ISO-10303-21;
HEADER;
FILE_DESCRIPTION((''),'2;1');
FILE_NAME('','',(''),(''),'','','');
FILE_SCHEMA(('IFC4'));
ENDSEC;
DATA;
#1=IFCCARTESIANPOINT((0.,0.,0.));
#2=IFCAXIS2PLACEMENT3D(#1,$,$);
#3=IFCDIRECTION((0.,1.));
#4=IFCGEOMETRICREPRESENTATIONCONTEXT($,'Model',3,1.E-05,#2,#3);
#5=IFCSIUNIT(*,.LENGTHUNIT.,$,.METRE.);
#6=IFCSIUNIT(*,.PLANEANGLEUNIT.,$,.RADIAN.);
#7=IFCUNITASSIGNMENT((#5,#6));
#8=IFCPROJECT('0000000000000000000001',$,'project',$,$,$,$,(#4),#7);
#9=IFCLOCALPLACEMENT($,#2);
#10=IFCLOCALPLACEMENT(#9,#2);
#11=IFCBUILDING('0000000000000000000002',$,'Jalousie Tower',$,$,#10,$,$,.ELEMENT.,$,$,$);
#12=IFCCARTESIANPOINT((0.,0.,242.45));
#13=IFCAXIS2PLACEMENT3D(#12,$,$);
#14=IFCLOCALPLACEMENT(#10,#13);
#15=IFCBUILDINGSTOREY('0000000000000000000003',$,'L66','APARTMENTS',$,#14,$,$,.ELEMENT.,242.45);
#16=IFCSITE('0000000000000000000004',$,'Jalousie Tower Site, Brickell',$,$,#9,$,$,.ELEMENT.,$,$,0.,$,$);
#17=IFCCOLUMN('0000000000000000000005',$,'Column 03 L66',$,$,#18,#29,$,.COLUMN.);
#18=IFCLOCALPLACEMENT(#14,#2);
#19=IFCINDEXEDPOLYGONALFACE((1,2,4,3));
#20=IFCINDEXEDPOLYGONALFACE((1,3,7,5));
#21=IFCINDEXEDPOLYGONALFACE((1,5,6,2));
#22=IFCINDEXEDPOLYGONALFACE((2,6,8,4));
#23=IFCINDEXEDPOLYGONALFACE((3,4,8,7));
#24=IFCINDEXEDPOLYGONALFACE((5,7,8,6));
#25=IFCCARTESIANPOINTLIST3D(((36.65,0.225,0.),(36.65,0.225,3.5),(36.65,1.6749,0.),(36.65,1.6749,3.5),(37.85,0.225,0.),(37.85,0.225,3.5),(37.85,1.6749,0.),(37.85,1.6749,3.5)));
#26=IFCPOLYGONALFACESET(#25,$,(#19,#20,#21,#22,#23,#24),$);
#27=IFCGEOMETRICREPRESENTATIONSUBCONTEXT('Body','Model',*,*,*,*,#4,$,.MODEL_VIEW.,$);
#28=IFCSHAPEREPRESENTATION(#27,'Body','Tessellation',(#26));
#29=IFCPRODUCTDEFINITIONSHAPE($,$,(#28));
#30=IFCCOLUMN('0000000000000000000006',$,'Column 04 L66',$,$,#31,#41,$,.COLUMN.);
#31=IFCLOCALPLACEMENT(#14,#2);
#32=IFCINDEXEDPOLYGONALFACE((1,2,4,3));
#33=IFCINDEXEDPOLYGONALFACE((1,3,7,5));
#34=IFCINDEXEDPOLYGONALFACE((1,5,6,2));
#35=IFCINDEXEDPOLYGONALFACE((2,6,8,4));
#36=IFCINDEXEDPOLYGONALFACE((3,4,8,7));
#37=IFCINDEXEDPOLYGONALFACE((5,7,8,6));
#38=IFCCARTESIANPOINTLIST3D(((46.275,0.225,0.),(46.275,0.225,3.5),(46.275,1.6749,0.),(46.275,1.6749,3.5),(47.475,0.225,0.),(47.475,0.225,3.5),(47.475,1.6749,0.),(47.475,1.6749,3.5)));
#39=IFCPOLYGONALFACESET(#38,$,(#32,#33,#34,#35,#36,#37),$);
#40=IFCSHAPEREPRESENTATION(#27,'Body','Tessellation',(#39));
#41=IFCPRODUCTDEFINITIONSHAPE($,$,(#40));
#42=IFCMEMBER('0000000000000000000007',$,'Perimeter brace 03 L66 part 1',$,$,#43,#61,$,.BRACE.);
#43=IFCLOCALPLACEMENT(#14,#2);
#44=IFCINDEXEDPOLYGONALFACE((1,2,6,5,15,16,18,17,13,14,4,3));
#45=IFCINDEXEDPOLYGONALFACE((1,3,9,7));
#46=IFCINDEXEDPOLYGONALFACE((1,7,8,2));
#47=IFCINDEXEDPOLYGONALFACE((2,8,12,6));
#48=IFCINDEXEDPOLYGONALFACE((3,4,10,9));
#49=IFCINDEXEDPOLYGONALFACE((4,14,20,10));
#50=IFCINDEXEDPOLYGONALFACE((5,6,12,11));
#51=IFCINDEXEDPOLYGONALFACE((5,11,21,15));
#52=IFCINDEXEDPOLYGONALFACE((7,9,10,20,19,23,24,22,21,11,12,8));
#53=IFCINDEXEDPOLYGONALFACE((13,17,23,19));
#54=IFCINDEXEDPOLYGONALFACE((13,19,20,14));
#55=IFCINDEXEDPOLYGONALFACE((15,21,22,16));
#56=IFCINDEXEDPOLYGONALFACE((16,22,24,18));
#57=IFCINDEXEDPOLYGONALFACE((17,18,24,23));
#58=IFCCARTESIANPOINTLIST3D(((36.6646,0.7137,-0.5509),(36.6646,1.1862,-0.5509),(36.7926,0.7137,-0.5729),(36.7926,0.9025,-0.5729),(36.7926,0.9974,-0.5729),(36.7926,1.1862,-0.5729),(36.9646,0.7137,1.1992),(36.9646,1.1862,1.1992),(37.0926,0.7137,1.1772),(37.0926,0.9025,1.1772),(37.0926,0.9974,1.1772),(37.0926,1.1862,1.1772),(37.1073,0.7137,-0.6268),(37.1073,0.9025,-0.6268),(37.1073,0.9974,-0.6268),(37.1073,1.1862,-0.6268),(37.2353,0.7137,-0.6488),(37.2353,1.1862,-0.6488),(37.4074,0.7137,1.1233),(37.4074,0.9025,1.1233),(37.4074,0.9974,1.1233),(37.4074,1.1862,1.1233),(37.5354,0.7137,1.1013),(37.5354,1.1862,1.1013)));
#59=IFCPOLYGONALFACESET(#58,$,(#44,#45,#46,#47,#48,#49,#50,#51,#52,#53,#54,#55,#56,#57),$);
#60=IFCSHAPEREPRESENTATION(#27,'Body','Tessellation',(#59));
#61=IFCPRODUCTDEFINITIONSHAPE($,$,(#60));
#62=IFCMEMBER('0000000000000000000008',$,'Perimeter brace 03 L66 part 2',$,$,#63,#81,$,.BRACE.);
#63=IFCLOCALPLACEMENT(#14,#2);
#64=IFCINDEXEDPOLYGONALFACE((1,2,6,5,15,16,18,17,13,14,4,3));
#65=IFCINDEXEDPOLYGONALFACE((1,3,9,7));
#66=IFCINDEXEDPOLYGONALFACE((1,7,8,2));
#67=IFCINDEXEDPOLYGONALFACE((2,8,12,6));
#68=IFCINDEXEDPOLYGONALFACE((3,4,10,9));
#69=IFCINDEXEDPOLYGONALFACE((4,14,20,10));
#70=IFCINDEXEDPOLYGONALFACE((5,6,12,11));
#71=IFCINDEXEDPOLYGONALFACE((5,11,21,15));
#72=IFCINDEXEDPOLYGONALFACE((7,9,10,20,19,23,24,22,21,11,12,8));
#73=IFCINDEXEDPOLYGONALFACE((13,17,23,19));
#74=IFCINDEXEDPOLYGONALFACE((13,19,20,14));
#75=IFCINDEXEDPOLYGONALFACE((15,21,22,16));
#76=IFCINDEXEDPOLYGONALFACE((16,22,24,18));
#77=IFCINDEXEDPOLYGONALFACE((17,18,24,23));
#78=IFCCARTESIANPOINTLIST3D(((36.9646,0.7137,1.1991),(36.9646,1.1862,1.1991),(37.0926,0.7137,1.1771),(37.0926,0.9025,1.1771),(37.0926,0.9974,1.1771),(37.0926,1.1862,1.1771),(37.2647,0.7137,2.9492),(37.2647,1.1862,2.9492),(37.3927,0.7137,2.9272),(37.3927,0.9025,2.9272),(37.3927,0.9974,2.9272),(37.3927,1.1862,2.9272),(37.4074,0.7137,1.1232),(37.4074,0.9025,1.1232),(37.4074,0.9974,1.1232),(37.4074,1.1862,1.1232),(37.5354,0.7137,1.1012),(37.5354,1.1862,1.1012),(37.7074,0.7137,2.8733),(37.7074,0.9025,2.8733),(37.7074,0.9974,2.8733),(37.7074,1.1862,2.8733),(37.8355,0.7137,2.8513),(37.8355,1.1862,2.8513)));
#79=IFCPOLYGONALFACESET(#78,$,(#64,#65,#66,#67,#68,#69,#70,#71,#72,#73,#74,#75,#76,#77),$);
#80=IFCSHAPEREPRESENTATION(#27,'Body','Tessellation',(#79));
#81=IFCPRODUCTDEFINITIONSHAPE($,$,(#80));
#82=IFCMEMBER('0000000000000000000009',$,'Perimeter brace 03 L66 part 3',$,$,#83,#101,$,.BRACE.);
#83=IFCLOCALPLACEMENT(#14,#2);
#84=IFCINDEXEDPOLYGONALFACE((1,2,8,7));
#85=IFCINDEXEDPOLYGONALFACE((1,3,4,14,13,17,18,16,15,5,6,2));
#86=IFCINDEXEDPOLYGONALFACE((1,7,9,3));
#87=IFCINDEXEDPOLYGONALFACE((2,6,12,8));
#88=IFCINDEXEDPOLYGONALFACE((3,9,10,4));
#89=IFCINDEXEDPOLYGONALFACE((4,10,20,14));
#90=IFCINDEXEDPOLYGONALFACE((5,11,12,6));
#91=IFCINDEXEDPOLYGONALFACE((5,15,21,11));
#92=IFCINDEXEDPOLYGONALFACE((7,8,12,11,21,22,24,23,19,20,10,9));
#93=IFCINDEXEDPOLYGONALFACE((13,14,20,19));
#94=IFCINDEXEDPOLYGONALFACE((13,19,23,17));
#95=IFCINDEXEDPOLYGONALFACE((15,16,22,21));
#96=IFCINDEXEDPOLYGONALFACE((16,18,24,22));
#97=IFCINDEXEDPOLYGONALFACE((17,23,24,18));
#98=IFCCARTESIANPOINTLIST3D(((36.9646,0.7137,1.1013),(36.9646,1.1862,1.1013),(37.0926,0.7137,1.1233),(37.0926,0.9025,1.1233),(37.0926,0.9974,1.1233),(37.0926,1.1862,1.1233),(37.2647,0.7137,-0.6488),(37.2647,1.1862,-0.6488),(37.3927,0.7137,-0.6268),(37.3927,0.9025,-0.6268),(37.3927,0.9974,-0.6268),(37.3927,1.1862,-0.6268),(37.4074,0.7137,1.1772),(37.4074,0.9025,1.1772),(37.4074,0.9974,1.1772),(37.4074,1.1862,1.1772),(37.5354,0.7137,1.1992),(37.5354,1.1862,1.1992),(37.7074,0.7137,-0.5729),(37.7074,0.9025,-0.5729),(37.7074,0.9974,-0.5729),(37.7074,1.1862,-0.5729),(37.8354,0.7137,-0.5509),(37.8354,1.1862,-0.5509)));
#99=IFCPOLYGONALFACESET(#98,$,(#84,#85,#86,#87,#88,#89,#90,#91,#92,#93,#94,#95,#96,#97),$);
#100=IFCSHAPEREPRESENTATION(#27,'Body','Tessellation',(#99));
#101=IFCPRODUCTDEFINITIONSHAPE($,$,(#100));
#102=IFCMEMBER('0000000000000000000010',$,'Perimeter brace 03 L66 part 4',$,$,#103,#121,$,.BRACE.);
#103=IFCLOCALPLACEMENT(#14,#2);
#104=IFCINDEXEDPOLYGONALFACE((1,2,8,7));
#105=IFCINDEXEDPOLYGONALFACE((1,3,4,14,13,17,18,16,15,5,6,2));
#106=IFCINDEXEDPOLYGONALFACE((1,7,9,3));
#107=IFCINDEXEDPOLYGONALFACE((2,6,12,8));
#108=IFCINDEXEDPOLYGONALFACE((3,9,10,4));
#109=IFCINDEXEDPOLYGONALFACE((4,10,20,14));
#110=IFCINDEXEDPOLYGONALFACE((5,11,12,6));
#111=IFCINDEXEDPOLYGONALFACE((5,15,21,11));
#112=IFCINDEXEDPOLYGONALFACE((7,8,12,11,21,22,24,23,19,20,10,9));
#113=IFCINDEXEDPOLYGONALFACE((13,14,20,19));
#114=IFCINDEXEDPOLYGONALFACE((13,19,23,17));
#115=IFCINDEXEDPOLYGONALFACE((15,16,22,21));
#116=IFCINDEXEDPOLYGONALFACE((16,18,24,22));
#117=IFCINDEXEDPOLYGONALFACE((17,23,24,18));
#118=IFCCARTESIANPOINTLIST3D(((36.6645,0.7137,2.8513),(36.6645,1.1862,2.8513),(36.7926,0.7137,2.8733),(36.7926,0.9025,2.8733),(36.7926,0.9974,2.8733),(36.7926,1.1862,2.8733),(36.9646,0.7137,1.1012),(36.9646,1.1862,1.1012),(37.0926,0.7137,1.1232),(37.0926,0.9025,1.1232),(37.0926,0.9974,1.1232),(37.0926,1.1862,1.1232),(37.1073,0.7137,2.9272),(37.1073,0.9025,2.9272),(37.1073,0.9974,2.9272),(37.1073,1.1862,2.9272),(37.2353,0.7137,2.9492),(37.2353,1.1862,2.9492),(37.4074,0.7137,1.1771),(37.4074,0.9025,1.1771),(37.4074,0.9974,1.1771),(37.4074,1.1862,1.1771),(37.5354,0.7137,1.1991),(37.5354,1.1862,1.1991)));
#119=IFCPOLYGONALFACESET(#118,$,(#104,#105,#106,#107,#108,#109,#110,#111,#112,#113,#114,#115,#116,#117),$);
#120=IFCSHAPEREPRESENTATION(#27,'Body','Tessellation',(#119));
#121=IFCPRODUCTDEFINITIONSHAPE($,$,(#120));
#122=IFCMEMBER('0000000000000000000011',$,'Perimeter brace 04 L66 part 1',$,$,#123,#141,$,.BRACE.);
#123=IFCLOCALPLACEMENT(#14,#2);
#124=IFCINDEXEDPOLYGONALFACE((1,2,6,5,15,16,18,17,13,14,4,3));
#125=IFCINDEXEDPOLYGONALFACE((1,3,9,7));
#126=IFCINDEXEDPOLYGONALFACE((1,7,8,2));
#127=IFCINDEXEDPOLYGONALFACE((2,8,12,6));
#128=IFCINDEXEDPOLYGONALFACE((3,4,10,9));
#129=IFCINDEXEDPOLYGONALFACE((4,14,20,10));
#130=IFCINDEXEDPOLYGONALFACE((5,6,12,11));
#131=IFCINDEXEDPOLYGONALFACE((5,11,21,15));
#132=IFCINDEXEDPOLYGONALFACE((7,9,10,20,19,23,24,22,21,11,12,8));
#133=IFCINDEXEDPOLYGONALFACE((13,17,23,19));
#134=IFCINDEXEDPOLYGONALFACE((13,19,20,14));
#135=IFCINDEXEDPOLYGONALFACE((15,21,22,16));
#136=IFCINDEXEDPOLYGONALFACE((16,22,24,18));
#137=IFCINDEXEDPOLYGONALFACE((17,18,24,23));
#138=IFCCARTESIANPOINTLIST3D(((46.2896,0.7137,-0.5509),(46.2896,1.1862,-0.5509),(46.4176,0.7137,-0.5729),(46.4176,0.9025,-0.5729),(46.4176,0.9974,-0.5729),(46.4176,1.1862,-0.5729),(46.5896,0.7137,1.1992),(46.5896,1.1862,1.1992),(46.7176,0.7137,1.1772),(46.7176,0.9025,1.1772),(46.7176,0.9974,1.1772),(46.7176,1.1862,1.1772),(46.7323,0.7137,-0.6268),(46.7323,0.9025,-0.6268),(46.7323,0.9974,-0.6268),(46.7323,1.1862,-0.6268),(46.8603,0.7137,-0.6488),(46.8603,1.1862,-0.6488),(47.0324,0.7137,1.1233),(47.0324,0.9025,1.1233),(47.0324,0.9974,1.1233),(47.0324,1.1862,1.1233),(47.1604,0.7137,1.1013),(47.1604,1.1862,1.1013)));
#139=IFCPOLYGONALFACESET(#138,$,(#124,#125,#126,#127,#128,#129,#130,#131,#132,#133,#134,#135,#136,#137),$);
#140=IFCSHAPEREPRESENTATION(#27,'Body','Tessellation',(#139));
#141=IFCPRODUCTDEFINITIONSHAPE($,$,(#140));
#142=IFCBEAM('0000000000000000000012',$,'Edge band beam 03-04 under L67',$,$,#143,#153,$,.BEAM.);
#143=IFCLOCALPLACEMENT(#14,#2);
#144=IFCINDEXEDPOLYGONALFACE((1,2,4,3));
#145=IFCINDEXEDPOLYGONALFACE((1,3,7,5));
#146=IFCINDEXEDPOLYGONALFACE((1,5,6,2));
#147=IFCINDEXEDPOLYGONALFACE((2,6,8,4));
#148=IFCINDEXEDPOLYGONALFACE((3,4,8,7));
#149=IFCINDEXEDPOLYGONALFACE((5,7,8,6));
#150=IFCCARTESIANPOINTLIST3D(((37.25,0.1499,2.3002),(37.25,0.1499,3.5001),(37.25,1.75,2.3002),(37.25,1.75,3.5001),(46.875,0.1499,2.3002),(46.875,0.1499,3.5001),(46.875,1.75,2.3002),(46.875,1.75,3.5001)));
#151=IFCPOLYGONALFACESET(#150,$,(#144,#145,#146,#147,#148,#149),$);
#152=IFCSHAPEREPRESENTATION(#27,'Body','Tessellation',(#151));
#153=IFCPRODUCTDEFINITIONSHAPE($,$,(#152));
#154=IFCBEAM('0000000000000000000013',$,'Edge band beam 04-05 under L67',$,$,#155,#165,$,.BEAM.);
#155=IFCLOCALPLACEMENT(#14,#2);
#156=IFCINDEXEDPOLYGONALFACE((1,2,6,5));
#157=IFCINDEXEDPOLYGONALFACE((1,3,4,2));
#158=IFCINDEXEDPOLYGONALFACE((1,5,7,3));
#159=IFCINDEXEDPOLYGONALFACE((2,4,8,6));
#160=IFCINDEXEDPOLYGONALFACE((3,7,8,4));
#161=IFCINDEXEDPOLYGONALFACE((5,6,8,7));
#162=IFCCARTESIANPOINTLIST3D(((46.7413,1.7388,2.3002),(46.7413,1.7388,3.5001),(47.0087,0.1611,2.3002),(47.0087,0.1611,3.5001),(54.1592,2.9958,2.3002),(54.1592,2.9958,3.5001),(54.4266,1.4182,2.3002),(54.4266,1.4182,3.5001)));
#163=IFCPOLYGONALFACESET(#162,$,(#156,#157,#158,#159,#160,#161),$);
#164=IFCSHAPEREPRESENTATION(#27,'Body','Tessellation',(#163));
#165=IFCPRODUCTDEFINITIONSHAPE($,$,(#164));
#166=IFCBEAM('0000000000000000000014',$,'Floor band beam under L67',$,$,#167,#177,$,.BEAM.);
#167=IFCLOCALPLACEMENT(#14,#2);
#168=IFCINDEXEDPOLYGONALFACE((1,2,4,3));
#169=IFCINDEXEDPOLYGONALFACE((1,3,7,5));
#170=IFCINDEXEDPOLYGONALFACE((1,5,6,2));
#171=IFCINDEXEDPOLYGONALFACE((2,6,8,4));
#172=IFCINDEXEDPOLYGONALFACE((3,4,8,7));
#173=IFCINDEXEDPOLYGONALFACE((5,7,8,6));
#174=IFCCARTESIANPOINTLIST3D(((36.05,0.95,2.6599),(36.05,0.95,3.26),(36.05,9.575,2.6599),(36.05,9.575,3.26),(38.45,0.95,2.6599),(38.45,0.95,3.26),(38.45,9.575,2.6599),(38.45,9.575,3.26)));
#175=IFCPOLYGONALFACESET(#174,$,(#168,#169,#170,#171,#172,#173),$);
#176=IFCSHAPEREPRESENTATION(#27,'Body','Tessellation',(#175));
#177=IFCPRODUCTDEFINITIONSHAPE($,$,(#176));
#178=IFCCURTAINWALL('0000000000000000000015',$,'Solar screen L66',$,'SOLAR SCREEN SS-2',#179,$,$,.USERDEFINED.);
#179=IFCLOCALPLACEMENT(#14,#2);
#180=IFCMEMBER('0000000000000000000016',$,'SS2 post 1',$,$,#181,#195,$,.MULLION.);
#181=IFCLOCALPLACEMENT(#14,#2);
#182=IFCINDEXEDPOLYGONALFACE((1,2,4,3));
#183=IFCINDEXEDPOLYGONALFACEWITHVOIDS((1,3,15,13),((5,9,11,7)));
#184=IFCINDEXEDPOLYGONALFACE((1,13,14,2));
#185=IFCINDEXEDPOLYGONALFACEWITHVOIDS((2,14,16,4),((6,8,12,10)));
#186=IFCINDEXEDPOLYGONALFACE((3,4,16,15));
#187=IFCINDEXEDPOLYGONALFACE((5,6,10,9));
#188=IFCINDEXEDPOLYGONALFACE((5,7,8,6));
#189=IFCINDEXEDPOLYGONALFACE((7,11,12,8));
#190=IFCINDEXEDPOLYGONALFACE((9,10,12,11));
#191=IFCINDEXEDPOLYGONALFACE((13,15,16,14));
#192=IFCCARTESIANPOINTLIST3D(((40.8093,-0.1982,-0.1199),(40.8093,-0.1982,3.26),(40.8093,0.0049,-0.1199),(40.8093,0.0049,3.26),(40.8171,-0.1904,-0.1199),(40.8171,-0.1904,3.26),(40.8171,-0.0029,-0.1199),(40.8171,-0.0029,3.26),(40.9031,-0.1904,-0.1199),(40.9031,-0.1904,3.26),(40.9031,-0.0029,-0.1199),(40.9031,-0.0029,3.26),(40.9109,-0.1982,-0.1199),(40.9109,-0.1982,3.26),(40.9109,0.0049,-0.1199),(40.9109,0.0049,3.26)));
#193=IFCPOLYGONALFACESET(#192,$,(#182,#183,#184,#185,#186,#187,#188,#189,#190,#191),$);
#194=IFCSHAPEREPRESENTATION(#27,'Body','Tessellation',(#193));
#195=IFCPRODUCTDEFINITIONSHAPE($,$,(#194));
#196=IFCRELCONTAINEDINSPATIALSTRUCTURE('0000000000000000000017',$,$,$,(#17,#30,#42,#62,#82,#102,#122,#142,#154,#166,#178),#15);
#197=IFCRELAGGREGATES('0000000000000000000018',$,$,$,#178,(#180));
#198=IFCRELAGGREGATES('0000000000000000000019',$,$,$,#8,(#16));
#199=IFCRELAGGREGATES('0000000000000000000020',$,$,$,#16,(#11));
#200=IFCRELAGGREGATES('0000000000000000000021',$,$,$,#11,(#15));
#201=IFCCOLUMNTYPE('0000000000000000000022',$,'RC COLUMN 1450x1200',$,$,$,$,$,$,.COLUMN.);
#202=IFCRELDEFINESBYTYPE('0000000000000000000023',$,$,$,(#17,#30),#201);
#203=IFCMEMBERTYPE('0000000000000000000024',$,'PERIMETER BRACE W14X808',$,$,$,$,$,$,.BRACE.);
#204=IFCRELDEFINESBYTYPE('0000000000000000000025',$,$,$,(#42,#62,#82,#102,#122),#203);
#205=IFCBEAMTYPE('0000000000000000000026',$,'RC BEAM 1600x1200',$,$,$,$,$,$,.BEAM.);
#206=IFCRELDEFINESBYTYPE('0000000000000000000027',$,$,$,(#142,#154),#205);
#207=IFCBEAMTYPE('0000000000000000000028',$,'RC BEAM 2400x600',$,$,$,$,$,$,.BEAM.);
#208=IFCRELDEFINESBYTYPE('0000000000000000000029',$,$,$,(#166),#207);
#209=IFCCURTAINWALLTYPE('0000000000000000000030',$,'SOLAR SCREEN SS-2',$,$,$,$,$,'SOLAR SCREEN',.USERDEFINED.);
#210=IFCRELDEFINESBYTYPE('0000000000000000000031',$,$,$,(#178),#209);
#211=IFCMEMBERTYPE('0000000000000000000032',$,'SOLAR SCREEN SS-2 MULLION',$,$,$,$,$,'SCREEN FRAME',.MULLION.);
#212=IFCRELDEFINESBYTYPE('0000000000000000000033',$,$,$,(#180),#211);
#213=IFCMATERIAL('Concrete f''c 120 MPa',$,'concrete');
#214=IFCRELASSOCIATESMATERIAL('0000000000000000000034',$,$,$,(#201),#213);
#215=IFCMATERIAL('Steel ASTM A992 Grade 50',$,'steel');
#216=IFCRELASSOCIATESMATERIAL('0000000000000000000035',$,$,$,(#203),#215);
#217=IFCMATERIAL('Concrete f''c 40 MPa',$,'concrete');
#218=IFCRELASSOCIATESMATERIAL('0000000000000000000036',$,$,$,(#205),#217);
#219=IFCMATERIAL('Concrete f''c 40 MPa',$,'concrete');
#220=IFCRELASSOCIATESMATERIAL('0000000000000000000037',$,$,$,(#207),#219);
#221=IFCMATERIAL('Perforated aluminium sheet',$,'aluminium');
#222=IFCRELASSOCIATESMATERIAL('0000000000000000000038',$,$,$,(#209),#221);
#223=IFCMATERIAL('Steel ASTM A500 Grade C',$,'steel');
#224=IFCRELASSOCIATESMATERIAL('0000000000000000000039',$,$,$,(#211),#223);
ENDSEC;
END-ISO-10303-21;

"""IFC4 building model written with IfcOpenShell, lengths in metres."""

from ifc_helpers import new_model, si_unit, direction, frame, origin, origin_2d, place, context, subcontext, project, spatial, rectangle, hollow_rectangle, i_section, extrude, material, material_profile, profile_set, type_object, element, aggregate, save


model = new_model("IFC4")

# Units and contexts
model_context = context("Model", 3, precision=1e-05, world=origin(), true_north=direction((0.0, 1.0)))
body_context = subcontext(model_context, "Body", "Model", "MODEL_VIEW")
ifc_project = project(units=[si_unit("LENGTHUNIT", "METRE"), si_unit("PLANEANGLEUNIT", "RADIAN")], contexts=[model_context])

# Site, building, storey
site_placement = place(None, origin())
site = spatial("IfcSite", under=ifc_project, at=site_placement, Name="Jalousie Tower Site, Brickell", CompositionType="ELEMENT", RefElevation=0.0)
building_placement = place(site_placement, origin())
building = spatial("IfcBuilding", under=site, at=building_placement, Name="Jalousie Tower", CompositionType="ELEMENT")
storey_placement = place(building_placement, frame((0.0, 0.0, 242.45)))
storey = spatial("IfcBuildingStorey", under=building, at=storey_placement, Name="L66", Description="APARTMENTS", CompositionType="ELEMENT", Elevation=242.45)

# Columns
ifc_material_1 = material(Name="Concrete f'c 120 MPa", Category="concrete")
ifc_material_profile_1 = material_profile(ifc_material_1, rectangle(XDim=1.45, YDim=1.2, at=origin_2d()), Name="RC 1450x1200")
ifc_profile_set_1 = profile_set([ifc_material_profile_1], Name="Concrete f'c 120 MPa")
column_type = type_object("IfcColumnType", Name="RC COLUMN 1450x1200", PredefinedType="COLUMN", material=ifc_profile_set_1)
for number, where, z_axis, x_axis, name in (
    (1, (37.25, 0.95, 0.0), (0.0, 0.0, 1.0), (0.0, 1.0, 0.0), "Column 03 L66"),
    (2, (46.875, 0.95, 0.0), (0.0, 0.0, 1.0), (0.0, 1.0, 0.0), "Column 04 L66"),
):
    element("IfcColumn", number, at=place(storey_placement, frame(where, z_axis=z_axis, x_axis=x_axis)), inside=storey, type_object=column_type, Name=name, PredefinedType="COLUMN", context=body_context, shape_type="SweptSolid", body=[
        extrude(rectangle(XDim=1.45, YDim=1.2, at=origin_2d()), origin(), (0.0, 0.0, 1.0), 3.5),
    ])

# Members
ifc_material_2 = material(Name="Steel ASTM A992 Grade 50", Category="steel")
ifc_material_profile_2 = material_profile(ifc_material_2, i_section(OverallWidth=0.4724, OverallDepth=0.5791, WebThickness=0.095, FlangeThickness=0.1299, at=origin_2d()), Name="W14X808")
ifc_profile_set_2 = profile_set([ifc_material_profile_2], Name="Steel ASTM A992 Grade 50")
member_type_1 = type_object("IfcMemberType", Name="PERIMETER BRACE W14X808", PredefinedType="BRACE", material=ifc_profile_set_2)
for number, where, z_axis, x_axis, name in (
    (3, (36.95, 0.95, -0.5999), (0.168991, 0.0, 0.985618), (0.0, 1.0, 0.0), "Perimeter brace 03 L66 part 1"),
    (4, (37.25, 0.95, 1.1501), (0.168991, 0.0, 0.985618), (0.0, 1.0, 0.0), "Perimeter brace 03 L66 part 2"),
    (5, (37.55, 0.95, -0.5999), (-0.168991, 0.0, 0.985618), (0.0, -1.0, 0.0), "Perimeter brace 03 L66 part 3"),
    (6, (37.25, 0.95, 1.1501), (-0.168991, 0.0, 0.985618), (0.0, -1.0, 0.0), "Perimeter brace 03 L66 part 4"),
    (7, (46.575, 0.95, -0.5999), (0.168991, 0.0, 0.985618), (0.0, 1.0, 0.0), "Perimeter brace 04 L66 part 1"),
):
    element("IfcMember", number, at=place(storey_placement, frame(where, z_axis=z_axis, x_axis=x_axis)), inside=storey, type_object=member_type_1, Name=name, PredefinedType="BRACE", context=body_context, shape_type="SweptSolid", body=[
        extrude(i_section(OverallWidth=0.4724, OverallDepth=0.5791, WebThickness=0.095, FlangeThickness=0.1299, at=origin_2d()), origin(), (0.0, 0.0, 1.0), 1.7756),
    ])

# Beams
ifc_material_3 = material(Name="Concrete f'c 40 MPa", Category="concrete")
ifc_material_profile_3 = material_profile(ifc_material_3, rectangle(XDim=1.6001, YDim=1.2, at=origin_2d()), Name="RC 1600x1200")
ifc_profile_set_3 = profile_set([ifc_material_profile_3], Name="Concrete f'c 40 MPa")
beam_type_1 = type_object("IfcBeamType", Name="RC BEAM 1600x1200", PredefinedType="BEAM", material=ifc_profile_set_3)
beam_1_placement = place(storey_placement, frame((37.25, 0.95, 2.9001), z_axis=(1.0, 0.0, 0.0), x_axis=(0.0, 1.0, 0.0)))
element("IfcBeam", 8, at=beam_1_placement, inside=storey, type_object=beam_type_1, Name="Edge band beam 03-04 under L67", PredefinedType="BEAM", context=body_context, shape_type="SweptSolid", body=[
    extrude(rectangle(XDim=1.6001, YDim=1.2, at=origin_2d()), origin(), (0.0, 0.0, 1.0), 9.625),
])
beam_2_placement = place(storey_placement, frame((46.875, 0.95, 2.9001), z_axis=(0.985943, 0.167082, 0.0), x_axis=(-0.167082, 0.985943, 0.0)))
element("IfcBeam", 9, at=beam_2_placement, inside=storey, type_object=beam_type_1, Name="Edge band beam 04-05 under L67", PredefinedType="BEAM", context=body_context, shape_type="SweptSolid", body=[
    extrude(rectangle(XDim=1.6001, YDim=1.2, at=origin_2d()), origin(), (0.0, 0.0, 1.0), 7.5237),
])
ifc_material_4 = material(Name="Concrete f'c 40 MPa", Category="concrete")
ifc_material_profile_4 = material_profile(ifc_material_4, rectangle(XDim=2.3999, YDim=0.6001, at=origin_2d()), Name="RC 2400x600")
ifc_profile_set_4 = profile_set([ifc_material_profile_4], Name="Concrete f'c 40 MPa")
beam_type_2 = type_object("IfcBeamType", Name="RC BEAM 2400x600", PredefinedType="BEAM", material=ifc_profile_set_4)
beam_3_placement = place(storey_placement, frame((37.25, 0.95, 2.96), z_axis=(0.0, 1.0, 0.0), x_axis=(-1.0, 0.0, 0.0)))
element("IfcBeam", 10, at=beam_3_placement, inside=storey, type_object=beam_type_2, Name="Floor band beam under L67", PredefinedType="BEAM", context=body_context, shape_type="SweptSolid", body=[
    extrude(rectangle(XDim=2.3999, YDim=0.6001, at=origin_2d()), origin(), (0.0, 0.0, 1.0), 8.625),
])

# Curtain wall, member
ifc_material_5 = material(Name="Perforated aluminium sheet", Category="aluminium")
curtain_wall_type = type_object("IfcCurtainWallType", Name="SOLAR SCREEN SS-2", ElementType="SOLAR SCREEN", PredefinedType="USERDEFINED", material=ifc_material_5)
curtain_wall_1_placement = place(storey_placement, origin())
curtain_wall_1 = element("IfcCurtainWall", 11, at=curtain_wall_1_placement, inside=storey, type_object=curtain_wall_type, Name="Solar screen L66", ObjectType="SOLAR SCREEN SS-2", PredefinedType="USERDEFINED")
ifc_material_6 = material(Name="Steel ASTM A500 Grade C", Category="steel")
ifc_material_profile_5 = material_profile(ifc_material_6, hollow_rectangle(XDim=0.1016, YDim=0.2031, WallThickness=0.0078, at=origin_2d()), Name="HSS8X4X5/16")
ifc_profile_set_5 = profile_set([ifc_material_profile_5], Name="Steel ASTM A500 Grade C")
member_type_2 = type_object("IfcMemberType", Name="SOLAR SCREEN SS-2 MULLION", ElementType="SCREEN FRAME", PredefinedType="MULLION", material=ifc_profile_set_5)
member_1_placement = place(storey_placement, frame((40.8601, -0.0967, -0.1199), z_axis=(0.0, 0.0, 1.0), x_axis=(1.0, 0.0, 0.0)))
member_1 = element("IfcMember", 12, at=member_1_placement, type_object=member_type_2, Name="SS2 post 1", PredefinedType="MULLION", context=body_context, shape_type="SweptSolid", body=[
    extrude(hollow_rectangle(XDim=0.1016, YDim=0.2031, WallThickness=0.0078, at=origin_2d()), origin(), (0.0, 0.0, 1.0), 3.3799),
])

aggregate(curtain_wall_1, [member_1])

save(model, "model.ifc")
